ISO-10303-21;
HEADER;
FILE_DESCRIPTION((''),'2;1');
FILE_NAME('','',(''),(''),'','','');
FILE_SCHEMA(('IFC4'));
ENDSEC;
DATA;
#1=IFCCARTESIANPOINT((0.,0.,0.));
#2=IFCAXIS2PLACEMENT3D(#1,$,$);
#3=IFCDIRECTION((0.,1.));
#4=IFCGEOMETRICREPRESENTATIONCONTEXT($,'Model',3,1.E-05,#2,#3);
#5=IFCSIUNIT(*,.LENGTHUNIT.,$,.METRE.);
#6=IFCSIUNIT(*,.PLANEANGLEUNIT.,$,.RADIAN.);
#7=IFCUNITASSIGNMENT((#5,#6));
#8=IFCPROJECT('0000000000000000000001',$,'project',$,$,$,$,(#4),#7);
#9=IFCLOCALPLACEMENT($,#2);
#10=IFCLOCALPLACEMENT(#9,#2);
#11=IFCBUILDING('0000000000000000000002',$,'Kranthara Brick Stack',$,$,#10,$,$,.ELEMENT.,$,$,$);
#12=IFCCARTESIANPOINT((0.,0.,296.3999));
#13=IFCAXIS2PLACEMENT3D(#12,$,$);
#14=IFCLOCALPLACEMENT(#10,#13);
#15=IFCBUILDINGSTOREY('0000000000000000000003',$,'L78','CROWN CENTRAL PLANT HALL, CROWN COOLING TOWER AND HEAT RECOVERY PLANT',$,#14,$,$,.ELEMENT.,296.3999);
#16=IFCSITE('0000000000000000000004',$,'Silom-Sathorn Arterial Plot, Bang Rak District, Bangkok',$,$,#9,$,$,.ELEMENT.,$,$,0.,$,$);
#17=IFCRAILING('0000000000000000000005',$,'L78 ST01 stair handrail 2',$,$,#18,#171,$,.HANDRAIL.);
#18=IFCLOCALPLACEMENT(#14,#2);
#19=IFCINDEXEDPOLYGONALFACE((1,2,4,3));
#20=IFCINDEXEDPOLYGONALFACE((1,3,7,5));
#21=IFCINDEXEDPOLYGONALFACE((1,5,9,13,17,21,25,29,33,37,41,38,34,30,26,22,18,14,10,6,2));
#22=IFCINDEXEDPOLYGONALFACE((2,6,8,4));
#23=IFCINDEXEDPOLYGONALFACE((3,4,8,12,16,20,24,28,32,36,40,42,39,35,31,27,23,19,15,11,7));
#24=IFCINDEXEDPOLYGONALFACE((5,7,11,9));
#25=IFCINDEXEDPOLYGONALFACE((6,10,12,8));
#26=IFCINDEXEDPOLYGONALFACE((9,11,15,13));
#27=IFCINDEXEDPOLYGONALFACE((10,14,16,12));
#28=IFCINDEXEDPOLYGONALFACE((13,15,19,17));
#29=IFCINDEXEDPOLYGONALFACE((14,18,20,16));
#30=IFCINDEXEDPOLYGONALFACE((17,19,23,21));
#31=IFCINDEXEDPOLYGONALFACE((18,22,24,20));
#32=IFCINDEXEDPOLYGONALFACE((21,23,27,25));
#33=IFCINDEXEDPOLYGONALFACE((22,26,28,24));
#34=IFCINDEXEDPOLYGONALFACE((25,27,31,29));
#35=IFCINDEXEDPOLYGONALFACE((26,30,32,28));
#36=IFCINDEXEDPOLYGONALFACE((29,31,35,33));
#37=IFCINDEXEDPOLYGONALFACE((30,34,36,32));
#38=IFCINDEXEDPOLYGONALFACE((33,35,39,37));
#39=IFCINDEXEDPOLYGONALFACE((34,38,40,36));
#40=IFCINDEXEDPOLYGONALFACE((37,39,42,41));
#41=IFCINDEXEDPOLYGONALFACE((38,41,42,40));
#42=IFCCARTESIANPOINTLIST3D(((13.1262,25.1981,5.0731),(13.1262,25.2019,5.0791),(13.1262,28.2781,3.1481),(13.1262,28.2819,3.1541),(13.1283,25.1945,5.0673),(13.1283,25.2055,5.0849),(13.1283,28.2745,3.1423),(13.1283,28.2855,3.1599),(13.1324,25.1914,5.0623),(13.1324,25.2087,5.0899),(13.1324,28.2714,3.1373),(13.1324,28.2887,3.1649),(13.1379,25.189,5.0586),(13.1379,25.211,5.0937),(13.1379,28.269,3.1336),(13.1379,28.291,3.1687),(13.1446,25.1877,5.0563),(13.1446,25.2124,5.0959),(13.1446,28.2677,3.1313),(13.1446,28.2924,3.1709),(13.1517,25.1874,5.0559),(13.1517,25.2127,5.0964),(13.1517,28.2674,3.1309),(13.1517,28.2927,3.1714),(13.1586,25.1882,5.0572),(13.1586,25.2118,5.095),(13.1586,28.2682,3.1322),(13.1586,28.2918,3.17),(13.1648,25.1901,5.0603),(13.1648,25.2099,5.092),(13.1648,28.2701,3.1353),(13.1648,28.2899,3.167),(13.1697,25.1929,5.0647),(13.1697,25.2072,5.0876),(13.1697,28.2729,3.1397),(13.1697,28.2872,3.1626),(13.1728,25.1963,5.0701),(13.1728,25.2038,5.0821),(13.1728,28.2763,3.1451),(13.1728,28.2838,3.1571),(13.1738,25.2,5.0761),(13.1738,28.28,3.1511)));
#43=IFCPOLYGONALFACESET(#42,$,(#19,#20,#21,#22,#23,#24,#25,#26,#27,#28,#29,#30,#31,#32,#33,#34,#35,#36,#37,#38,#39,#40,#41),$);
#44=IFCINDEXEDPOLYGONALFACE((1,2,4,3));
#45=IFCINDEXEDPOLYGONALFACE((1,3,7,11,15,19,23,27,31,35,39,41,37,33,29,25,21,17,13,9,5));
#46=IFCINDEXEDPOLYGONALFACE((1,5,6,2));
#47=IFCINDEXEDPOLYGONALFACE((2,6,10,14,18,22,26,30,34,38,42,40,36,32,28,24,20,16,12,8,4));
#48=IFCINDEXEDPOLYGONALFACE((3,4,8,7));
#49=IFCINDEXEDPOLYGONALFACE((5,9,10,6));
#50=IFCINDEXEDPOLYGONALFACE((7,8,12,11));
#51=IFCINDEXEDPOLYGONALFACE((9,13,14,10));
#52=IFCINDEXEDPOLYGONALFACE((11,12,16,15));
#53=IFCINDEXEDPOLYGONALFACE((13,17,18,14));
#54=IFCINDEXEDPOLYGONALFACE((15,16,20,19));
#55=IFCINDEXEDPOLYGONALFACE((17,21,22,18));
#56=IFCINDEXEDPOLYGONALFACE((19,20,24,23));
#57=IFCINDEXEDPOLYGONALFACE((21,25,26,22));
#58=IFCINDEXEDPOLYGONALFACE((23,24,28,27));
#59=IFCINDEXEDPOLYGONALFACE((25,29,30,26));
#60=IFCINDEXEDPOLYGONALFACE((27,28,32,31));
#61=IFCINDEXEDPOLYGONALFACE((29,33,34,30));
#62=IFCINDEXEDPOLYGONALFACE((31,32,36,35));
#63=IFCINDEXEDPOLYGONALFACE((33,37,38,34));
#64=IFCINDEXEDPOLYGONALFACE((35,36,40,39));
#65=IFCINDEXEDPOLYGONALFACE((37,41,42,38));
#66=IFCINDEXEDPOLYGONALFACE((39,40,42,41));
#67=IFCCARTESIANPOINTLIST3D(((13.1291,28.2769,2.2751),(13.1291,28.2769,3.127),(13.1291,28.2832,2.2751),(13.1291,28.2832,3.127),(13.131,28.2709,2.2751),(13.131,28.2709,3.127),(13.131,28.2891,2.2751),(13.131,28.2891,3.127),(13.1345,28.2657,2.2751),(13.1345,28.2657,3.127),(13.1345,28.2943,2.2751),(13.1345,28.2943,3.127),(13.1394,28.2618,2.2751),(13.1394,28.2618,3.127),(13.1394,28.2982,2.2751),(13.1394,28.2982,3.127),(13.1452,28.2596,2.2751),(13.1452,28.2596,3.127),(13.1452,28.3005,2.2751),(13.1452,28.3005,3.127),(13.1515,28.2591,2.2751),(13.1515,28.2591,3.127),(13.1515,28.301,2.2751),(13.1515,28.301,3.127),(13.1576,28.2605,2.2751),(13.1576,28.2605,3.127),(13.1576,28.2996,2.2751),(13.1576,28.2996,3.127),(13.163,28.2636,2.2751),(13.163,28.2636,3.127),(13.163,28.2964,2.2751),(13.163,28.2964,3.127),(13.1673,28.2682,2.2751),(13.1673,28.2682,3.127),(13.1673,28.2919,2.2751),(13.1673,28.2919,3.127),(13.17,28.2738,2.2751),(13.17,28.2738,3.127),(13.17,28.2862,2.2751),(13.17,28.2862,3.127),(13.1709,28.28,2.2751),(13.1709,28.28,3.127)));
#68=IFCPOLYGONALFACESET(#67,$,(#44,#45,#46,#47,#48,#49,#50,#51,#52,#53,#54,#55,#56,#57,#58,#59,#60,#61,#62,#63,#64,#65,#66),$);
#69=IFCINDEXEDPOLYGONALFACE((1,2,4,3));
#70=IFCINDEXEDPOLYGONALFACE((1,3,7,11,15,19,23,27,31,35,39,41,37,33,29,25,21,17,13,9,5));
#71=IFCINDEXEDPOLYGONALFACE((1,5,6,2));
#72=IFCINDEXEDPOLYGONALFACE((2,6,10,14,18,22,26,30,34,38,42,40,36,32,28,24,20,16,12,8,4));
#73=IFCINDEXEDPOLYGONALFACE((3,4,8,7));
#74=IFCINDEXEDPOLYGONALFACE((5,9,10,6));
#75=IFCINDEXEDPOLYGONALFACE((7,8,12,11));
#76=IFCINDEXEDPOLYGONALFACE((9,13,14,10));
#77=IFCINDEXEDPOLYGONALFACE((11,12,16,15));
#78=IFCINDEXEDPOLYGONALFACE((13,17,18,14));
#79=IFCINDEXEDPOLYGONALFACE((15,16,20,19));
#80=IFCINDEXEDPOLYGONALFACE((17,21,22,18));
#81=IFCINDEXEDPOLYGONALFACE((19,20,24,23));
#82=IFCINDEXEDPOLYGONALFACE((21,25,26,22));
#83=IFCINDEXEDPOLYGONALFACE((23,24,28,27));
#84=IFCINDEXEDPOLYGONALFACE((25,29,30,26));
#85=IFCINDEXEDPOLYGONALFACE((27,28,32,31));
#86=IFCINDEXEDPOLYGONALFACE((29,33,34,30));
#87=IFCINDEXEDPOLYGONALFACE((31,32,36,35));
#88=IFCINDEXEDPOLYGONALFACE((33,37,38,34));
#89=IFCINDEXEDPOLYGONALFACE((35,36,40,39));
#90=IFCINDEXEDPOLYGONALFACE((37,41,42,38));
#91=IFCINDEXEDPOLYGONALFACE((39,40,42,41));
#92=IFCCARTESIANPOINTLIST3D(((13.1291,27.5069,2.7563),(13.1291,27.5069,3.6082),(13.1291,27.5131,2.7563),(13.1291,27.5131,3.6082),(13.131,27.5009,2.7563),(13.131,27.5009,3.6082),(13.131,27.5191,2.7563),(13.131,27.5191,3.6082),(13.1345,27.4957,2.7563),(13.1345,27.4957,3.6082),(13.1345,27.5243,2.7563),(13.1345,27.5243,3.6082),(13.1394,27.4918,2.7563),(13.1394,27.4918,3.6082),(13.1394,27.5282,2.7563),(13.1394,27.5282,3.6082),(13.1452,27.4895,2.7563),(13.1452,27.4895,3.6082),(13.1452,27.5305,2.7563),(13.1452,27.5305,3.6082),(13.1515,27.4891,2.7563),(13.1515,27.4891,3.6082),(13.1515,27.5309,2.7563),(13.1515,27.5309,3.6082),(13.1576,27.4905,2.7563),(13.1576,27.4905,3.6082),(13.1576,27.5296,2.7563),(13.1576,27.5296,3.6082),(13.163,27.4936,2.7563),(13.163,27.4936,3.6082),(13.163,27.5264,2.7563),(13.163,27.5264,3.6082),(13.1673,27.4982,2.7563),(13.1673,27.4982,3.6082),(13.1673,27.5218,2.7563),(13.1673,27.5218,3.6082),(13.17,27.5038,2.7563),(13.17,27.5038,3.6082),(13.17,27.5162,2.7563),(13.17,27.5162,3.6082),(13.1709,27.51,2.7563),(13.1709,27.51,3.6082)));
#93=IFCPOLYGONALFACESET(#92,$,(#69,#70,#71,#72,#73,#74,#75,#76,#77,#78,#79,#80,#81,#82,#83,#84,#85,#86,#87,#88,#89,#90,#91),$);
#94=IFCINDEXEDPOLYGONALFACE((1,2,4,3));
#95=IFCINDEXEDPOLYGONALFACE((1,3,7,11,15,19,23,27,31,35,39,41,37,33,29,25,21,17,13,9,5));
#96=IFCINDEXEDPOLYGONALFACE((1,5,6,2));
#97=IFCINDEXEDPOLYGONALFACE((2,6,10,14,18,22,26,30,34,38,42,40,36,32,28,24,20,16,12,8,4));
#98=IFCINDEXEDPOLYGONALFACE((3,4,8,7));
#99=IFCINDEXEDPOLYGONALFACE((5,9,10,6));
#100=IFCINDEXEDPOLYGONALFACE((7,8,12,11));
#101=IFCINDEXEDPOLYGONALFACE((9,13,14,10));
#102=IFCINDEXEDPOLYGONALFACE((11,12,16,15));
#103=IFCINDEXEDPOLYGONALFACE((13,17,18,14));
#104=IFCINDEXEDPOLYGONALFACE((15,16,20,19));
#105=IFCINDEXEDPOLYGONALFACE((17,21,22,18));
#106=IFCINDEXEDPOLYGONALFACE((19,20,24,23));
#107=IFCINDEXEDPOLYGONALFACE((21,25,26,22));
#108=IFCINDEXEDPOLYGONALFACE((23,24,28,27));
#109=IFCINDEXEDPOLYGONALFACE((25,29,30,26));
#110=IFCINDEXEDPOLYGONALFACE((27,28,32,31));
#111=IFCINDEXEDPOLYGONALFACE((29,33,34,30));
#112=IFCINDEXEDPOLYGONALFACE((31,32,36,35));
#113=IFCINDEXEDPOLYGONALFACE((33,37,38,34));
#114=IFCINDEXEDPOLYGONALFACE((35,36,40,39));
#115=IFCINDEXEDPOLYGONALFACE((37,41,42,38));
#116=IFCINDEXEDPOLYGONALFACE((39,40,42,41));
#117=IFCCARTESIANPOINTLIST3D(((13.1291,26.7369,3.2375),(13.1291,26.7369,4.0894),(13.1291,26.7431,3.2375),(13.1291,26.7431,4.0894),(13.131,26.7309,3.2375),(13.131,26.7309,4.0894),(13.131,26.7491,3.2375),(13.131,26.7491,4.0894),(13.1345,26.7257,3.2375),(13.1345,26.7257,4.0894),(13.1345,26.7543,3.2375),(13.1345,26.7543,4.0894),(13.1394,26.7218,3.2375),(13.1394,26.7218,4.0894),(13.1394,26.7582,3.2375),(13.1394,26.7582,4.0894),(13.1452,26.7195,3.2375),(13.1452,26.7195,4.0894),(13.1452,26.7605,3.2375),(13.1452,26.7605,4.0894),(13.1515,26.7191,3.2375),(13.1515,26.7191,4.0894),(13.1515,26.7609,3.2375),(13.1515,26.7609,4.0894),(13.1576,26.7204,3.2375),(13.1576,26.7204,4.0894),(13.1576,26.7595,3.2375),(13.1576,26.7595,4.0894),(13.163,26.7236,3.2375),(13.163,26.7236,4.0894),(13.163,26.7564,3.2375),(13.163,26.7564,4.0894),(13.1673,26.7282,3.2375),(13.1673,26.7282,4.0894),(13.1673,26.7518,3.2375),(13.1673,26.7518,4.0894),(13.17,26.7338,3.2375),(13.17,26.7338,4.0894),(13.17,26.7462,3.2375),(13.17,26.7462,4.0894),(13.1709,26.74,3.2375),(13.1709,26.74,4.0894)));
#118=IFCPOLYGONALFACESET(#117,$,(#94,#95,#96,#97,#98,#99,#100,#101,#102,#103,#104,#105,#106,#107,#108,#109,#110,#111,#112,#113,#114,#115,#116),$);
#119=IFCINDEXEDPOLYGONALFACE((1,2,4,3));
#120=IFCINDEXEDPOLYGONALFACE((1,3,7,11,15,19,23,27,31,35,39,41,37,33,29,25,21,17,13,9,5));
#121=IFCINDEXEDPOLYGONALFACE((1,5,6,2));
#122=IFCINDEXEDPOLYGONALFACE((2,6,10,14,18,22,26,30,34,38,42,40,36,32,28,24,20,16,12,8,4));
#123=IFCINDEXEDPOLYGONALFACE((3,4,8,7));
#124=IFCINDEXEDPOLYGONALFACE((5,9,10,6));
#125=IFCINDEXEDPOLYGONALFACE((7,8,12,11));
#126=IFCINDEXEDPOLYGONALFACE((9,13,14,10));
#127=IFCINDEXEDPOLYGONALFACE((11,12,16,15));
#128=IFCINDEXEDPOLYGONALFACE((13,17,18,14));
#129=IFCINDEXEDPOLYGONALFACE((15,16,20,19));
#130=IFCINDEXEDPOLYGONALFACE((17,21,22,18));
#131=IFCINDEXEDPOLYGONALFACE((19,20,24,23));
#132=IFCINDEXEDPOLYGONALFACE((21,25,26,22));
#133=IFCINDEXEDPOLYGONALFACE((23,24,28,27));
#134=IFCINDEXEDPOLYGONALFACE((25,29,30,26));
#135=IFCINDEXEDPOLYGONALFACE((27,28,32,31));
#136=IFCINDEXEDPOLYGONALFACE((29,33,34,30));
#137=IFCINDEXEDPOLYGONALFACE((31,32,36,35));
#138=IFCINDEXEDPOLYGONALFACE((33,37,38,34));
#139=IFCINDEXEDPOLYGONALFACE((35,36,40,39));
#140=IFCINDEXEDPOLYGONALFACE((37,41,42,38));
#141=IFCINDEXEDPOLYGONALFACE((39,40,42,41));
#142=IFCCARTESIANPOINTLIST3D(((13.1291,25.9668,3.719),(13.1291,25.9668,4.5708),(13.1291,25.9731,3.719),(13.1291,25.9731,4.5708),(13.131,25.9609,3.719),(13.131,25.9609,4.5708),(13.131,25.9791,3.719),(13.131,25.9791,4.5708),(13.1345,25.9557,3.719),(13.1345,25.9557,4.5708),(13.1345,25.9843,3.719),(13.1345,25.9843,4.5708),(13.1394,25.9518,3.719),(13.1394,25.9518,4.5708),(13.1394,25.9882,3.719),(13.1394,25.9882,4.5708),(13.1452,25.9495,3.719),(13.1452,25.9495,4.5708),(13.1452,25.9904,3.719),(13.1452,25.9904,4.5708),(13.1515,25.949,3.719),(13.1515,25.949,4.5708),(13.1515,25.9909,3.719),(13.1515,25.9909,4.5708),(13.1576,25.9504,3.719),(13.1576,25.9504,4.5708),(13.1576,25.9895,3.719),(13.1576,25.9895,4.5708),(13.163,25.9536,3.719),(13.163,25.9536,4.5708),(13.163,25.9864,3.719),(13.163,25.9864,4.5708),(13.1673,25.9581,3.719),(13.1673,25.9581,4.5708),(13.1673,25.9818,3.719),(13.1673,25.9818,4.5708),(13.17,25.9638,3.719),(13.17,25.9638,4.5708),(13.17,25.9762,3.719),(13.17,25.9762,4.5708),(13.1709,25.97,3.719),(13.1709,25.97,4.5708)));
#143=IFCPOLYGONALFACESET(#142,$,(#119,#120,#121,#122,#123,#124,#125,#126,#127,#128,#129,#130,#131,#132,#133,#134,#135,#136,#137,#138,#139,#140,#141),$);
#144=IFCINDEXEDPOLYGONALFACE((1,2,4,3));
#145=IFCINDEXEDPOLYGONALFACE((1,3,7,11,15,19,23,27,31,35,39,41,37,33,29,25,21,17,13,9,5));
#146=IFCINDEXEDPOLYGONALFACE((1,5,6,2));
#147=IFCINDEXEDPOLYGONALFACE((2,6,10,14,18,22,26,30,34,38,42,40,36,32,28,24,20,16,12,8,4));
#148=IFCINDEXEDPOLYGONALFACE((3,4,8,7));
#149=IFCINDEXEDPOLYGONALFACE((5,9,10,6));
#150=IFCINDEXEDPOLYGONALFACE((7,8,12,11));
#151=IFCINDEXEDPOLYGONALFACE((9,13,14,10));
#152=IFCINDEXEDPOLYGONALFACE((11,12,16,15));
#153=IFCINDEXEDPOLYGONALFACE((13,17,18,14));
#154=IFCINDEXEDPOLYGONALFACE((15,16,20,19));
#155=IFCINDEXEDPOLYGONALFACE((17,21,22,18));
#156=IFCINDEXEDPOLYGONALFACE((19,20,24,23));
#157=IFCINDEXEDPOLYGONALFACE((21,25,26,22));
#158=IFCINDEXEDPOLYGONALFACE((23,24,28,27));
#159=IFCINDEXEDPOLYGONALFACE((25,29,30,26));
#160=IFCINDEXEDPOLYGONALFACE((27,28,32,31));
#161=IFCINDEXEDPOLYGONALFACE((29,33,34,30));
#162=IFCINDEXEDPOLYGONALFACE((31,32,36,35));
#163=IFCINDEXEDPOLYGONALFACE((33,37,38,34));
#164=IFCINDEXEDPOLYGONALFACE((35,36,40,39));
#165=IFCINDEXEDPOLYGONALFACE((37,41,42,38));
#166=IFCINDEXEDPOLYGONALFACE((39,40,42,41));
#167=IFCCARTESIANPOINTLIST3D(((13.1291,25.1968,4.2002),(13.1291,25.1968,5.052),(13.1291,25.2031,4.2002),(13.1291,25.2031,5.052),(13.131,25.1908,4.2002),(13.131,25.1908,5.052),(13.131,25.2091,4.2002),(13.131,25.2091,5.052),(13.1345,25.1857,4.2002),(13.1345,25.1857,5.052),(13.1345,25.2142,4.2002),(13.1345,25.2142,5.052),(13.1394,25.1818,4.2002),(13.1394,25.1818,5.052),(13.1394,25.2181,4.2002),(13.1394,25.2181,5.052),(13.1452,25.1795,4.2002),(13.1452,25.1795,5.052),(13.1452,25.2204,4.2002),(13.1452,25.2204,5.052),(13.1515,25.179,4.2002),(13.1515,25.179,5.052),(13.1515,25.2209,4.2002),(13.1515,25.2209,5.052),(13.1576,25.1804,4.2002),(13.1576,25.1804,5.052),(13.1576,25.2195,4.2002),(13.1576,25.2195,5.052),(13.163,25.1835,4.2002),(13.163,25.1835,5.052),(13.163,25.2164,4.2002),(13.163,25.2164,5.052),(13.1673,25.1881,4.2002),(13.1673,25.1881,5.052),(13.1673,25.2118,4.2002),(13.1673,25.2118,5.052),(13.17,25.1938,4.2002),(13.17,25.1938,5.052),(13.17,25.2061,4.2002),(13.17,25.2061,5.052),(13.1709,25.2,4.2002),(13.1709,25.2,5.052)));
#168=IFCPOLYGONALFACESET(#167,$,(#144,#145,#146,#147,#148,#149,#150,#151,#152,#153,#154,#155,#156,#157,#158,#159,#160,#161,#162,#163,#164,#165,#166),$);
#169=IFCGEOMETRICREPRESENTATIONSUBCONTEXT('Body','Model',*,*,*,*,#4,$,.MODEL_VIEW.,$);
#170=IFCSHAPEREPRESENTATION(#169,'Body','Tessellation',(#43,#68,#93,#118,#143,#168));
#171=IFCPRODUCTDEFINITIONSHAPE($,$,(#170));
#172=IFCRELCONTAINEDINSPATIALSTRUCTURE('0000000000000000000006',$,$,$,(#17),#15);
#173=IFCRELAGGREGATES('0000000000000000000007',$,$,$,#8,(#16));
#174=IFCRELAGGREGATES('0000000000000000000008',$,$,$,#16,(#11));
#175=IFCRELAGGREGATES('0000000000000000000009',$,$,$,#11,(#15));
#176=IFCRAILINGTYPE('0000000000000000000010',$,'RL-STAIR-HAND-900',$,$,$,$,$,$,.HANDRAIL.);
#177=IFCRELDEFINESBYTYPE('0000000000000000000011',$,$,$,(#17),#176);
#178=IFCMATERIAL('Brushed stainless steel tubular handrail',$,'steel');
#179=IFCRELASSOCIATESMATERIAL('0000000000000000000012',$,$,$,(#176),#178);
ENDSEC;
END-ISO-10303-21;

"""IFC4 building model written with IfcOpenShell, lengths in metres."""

from ifc_helpers import new_model, si_unit, direction, frame, origin, origin_2d, place, context, subcontext, project, spatial, circle, extrude, material, type_object, element, save


model = new_model("IFC4")

# Units and contexts
model_context = context("Model", 3, precision=1e-05, world=origin(), true_north=direction((0.0, 1.0)))
body_context = subcontext(model_context, "Body", "Model", "MODEL_VIEW")
ifc_project = project(units=[si_unit("LENGTHUNIT", "METRE"), si_unit("PLANEANGLEUNIT", "RADIAN")], contexts=[model_context])

# Site, building, storey
site_placement = place(None, origin())
site = spatial("IfcSite", under=ifc_project, at=site_placement, Name="Silom-Sathorn Arterial Plot, Bang Rak District, Bangkok", CompositionType="ELEMENT", RefElevation=0.0)
building_placement = place(site_placement, origin())
building = spatial("IfcBuilding", under=site, at=building_placement, Name="Kranthara Brick Stack", CompositionType="ELEMENT")
storey_placement = place(building_placement, frame((0.0, 0.0, 296.3999)))
storey = spatial("IfcBuildingStorey", under=building, at=storey_placement, Name="L78", Description="CROWN CENTRAL PLANT HALL, CROWN COOLING TOWER AND HEAT RECOVERY PLANT", CompositionType="ELEMENT", Elevation=296.3999)

# Railing
ifc_material_1 = material(Name="Brushed stainless steel tubular handrail", Category="steel")
railing_type_1 = type_object("IfcRailingType", Name="RL-STAIR-HAND-900", PredefinedType="HANDRAIL", material=ifc_material_1)
railing_1_placement = place(storey_placement, frame((13.1499, 28.28, 2.2751)))
element("IfcRailing", 1, at=railing_1_placement, inside=storey, type_object=railing_type_1, Name="L78 ST01 stair handrail 2", PredefinedType="HANDRAIL", context=body_context, shape_type="SweptSolid", body=[
    extrude(circle(Radius=0.0239, at=origin_2d()), frame((0.0, 0.0, 0.876), z_axis=(0.0, -0.847998, 0.529999), x_axis=(1.0, 0.0, 0.0)), (0.0, 0.0, 1.0), 3.6321),
    extrude(circle(Radius=0.021, at=origin_2d()), origin(), (0.0, 0.0, 1.0), 0.8518),
    extrude(circle(Radius=0.021, at=origin_2d()), frame((0.0, -0.77, 0.4812)), (0.0, 0.0, 1.0), 0.8518),
    extrude(circle(Radius=0.021, at=origin_2d()), frame((0.0, -1.54, 0.9624)), (0.0, 0.0, 1.0), 0.8518),
    extrude(circle(Radius=0.021, at=origin_2d()), frame((0.0, -2.3101, 1.4438)), (0.0, 0.0, 1.0), 0.8518),
    extrude(circle(Radius=0.021, at=origin_2d()), frame((0.0, -3.0801, 1.925)), (0.0, 0.0, 1.0), 0.8518),
])

save(model, "model.ifc")
